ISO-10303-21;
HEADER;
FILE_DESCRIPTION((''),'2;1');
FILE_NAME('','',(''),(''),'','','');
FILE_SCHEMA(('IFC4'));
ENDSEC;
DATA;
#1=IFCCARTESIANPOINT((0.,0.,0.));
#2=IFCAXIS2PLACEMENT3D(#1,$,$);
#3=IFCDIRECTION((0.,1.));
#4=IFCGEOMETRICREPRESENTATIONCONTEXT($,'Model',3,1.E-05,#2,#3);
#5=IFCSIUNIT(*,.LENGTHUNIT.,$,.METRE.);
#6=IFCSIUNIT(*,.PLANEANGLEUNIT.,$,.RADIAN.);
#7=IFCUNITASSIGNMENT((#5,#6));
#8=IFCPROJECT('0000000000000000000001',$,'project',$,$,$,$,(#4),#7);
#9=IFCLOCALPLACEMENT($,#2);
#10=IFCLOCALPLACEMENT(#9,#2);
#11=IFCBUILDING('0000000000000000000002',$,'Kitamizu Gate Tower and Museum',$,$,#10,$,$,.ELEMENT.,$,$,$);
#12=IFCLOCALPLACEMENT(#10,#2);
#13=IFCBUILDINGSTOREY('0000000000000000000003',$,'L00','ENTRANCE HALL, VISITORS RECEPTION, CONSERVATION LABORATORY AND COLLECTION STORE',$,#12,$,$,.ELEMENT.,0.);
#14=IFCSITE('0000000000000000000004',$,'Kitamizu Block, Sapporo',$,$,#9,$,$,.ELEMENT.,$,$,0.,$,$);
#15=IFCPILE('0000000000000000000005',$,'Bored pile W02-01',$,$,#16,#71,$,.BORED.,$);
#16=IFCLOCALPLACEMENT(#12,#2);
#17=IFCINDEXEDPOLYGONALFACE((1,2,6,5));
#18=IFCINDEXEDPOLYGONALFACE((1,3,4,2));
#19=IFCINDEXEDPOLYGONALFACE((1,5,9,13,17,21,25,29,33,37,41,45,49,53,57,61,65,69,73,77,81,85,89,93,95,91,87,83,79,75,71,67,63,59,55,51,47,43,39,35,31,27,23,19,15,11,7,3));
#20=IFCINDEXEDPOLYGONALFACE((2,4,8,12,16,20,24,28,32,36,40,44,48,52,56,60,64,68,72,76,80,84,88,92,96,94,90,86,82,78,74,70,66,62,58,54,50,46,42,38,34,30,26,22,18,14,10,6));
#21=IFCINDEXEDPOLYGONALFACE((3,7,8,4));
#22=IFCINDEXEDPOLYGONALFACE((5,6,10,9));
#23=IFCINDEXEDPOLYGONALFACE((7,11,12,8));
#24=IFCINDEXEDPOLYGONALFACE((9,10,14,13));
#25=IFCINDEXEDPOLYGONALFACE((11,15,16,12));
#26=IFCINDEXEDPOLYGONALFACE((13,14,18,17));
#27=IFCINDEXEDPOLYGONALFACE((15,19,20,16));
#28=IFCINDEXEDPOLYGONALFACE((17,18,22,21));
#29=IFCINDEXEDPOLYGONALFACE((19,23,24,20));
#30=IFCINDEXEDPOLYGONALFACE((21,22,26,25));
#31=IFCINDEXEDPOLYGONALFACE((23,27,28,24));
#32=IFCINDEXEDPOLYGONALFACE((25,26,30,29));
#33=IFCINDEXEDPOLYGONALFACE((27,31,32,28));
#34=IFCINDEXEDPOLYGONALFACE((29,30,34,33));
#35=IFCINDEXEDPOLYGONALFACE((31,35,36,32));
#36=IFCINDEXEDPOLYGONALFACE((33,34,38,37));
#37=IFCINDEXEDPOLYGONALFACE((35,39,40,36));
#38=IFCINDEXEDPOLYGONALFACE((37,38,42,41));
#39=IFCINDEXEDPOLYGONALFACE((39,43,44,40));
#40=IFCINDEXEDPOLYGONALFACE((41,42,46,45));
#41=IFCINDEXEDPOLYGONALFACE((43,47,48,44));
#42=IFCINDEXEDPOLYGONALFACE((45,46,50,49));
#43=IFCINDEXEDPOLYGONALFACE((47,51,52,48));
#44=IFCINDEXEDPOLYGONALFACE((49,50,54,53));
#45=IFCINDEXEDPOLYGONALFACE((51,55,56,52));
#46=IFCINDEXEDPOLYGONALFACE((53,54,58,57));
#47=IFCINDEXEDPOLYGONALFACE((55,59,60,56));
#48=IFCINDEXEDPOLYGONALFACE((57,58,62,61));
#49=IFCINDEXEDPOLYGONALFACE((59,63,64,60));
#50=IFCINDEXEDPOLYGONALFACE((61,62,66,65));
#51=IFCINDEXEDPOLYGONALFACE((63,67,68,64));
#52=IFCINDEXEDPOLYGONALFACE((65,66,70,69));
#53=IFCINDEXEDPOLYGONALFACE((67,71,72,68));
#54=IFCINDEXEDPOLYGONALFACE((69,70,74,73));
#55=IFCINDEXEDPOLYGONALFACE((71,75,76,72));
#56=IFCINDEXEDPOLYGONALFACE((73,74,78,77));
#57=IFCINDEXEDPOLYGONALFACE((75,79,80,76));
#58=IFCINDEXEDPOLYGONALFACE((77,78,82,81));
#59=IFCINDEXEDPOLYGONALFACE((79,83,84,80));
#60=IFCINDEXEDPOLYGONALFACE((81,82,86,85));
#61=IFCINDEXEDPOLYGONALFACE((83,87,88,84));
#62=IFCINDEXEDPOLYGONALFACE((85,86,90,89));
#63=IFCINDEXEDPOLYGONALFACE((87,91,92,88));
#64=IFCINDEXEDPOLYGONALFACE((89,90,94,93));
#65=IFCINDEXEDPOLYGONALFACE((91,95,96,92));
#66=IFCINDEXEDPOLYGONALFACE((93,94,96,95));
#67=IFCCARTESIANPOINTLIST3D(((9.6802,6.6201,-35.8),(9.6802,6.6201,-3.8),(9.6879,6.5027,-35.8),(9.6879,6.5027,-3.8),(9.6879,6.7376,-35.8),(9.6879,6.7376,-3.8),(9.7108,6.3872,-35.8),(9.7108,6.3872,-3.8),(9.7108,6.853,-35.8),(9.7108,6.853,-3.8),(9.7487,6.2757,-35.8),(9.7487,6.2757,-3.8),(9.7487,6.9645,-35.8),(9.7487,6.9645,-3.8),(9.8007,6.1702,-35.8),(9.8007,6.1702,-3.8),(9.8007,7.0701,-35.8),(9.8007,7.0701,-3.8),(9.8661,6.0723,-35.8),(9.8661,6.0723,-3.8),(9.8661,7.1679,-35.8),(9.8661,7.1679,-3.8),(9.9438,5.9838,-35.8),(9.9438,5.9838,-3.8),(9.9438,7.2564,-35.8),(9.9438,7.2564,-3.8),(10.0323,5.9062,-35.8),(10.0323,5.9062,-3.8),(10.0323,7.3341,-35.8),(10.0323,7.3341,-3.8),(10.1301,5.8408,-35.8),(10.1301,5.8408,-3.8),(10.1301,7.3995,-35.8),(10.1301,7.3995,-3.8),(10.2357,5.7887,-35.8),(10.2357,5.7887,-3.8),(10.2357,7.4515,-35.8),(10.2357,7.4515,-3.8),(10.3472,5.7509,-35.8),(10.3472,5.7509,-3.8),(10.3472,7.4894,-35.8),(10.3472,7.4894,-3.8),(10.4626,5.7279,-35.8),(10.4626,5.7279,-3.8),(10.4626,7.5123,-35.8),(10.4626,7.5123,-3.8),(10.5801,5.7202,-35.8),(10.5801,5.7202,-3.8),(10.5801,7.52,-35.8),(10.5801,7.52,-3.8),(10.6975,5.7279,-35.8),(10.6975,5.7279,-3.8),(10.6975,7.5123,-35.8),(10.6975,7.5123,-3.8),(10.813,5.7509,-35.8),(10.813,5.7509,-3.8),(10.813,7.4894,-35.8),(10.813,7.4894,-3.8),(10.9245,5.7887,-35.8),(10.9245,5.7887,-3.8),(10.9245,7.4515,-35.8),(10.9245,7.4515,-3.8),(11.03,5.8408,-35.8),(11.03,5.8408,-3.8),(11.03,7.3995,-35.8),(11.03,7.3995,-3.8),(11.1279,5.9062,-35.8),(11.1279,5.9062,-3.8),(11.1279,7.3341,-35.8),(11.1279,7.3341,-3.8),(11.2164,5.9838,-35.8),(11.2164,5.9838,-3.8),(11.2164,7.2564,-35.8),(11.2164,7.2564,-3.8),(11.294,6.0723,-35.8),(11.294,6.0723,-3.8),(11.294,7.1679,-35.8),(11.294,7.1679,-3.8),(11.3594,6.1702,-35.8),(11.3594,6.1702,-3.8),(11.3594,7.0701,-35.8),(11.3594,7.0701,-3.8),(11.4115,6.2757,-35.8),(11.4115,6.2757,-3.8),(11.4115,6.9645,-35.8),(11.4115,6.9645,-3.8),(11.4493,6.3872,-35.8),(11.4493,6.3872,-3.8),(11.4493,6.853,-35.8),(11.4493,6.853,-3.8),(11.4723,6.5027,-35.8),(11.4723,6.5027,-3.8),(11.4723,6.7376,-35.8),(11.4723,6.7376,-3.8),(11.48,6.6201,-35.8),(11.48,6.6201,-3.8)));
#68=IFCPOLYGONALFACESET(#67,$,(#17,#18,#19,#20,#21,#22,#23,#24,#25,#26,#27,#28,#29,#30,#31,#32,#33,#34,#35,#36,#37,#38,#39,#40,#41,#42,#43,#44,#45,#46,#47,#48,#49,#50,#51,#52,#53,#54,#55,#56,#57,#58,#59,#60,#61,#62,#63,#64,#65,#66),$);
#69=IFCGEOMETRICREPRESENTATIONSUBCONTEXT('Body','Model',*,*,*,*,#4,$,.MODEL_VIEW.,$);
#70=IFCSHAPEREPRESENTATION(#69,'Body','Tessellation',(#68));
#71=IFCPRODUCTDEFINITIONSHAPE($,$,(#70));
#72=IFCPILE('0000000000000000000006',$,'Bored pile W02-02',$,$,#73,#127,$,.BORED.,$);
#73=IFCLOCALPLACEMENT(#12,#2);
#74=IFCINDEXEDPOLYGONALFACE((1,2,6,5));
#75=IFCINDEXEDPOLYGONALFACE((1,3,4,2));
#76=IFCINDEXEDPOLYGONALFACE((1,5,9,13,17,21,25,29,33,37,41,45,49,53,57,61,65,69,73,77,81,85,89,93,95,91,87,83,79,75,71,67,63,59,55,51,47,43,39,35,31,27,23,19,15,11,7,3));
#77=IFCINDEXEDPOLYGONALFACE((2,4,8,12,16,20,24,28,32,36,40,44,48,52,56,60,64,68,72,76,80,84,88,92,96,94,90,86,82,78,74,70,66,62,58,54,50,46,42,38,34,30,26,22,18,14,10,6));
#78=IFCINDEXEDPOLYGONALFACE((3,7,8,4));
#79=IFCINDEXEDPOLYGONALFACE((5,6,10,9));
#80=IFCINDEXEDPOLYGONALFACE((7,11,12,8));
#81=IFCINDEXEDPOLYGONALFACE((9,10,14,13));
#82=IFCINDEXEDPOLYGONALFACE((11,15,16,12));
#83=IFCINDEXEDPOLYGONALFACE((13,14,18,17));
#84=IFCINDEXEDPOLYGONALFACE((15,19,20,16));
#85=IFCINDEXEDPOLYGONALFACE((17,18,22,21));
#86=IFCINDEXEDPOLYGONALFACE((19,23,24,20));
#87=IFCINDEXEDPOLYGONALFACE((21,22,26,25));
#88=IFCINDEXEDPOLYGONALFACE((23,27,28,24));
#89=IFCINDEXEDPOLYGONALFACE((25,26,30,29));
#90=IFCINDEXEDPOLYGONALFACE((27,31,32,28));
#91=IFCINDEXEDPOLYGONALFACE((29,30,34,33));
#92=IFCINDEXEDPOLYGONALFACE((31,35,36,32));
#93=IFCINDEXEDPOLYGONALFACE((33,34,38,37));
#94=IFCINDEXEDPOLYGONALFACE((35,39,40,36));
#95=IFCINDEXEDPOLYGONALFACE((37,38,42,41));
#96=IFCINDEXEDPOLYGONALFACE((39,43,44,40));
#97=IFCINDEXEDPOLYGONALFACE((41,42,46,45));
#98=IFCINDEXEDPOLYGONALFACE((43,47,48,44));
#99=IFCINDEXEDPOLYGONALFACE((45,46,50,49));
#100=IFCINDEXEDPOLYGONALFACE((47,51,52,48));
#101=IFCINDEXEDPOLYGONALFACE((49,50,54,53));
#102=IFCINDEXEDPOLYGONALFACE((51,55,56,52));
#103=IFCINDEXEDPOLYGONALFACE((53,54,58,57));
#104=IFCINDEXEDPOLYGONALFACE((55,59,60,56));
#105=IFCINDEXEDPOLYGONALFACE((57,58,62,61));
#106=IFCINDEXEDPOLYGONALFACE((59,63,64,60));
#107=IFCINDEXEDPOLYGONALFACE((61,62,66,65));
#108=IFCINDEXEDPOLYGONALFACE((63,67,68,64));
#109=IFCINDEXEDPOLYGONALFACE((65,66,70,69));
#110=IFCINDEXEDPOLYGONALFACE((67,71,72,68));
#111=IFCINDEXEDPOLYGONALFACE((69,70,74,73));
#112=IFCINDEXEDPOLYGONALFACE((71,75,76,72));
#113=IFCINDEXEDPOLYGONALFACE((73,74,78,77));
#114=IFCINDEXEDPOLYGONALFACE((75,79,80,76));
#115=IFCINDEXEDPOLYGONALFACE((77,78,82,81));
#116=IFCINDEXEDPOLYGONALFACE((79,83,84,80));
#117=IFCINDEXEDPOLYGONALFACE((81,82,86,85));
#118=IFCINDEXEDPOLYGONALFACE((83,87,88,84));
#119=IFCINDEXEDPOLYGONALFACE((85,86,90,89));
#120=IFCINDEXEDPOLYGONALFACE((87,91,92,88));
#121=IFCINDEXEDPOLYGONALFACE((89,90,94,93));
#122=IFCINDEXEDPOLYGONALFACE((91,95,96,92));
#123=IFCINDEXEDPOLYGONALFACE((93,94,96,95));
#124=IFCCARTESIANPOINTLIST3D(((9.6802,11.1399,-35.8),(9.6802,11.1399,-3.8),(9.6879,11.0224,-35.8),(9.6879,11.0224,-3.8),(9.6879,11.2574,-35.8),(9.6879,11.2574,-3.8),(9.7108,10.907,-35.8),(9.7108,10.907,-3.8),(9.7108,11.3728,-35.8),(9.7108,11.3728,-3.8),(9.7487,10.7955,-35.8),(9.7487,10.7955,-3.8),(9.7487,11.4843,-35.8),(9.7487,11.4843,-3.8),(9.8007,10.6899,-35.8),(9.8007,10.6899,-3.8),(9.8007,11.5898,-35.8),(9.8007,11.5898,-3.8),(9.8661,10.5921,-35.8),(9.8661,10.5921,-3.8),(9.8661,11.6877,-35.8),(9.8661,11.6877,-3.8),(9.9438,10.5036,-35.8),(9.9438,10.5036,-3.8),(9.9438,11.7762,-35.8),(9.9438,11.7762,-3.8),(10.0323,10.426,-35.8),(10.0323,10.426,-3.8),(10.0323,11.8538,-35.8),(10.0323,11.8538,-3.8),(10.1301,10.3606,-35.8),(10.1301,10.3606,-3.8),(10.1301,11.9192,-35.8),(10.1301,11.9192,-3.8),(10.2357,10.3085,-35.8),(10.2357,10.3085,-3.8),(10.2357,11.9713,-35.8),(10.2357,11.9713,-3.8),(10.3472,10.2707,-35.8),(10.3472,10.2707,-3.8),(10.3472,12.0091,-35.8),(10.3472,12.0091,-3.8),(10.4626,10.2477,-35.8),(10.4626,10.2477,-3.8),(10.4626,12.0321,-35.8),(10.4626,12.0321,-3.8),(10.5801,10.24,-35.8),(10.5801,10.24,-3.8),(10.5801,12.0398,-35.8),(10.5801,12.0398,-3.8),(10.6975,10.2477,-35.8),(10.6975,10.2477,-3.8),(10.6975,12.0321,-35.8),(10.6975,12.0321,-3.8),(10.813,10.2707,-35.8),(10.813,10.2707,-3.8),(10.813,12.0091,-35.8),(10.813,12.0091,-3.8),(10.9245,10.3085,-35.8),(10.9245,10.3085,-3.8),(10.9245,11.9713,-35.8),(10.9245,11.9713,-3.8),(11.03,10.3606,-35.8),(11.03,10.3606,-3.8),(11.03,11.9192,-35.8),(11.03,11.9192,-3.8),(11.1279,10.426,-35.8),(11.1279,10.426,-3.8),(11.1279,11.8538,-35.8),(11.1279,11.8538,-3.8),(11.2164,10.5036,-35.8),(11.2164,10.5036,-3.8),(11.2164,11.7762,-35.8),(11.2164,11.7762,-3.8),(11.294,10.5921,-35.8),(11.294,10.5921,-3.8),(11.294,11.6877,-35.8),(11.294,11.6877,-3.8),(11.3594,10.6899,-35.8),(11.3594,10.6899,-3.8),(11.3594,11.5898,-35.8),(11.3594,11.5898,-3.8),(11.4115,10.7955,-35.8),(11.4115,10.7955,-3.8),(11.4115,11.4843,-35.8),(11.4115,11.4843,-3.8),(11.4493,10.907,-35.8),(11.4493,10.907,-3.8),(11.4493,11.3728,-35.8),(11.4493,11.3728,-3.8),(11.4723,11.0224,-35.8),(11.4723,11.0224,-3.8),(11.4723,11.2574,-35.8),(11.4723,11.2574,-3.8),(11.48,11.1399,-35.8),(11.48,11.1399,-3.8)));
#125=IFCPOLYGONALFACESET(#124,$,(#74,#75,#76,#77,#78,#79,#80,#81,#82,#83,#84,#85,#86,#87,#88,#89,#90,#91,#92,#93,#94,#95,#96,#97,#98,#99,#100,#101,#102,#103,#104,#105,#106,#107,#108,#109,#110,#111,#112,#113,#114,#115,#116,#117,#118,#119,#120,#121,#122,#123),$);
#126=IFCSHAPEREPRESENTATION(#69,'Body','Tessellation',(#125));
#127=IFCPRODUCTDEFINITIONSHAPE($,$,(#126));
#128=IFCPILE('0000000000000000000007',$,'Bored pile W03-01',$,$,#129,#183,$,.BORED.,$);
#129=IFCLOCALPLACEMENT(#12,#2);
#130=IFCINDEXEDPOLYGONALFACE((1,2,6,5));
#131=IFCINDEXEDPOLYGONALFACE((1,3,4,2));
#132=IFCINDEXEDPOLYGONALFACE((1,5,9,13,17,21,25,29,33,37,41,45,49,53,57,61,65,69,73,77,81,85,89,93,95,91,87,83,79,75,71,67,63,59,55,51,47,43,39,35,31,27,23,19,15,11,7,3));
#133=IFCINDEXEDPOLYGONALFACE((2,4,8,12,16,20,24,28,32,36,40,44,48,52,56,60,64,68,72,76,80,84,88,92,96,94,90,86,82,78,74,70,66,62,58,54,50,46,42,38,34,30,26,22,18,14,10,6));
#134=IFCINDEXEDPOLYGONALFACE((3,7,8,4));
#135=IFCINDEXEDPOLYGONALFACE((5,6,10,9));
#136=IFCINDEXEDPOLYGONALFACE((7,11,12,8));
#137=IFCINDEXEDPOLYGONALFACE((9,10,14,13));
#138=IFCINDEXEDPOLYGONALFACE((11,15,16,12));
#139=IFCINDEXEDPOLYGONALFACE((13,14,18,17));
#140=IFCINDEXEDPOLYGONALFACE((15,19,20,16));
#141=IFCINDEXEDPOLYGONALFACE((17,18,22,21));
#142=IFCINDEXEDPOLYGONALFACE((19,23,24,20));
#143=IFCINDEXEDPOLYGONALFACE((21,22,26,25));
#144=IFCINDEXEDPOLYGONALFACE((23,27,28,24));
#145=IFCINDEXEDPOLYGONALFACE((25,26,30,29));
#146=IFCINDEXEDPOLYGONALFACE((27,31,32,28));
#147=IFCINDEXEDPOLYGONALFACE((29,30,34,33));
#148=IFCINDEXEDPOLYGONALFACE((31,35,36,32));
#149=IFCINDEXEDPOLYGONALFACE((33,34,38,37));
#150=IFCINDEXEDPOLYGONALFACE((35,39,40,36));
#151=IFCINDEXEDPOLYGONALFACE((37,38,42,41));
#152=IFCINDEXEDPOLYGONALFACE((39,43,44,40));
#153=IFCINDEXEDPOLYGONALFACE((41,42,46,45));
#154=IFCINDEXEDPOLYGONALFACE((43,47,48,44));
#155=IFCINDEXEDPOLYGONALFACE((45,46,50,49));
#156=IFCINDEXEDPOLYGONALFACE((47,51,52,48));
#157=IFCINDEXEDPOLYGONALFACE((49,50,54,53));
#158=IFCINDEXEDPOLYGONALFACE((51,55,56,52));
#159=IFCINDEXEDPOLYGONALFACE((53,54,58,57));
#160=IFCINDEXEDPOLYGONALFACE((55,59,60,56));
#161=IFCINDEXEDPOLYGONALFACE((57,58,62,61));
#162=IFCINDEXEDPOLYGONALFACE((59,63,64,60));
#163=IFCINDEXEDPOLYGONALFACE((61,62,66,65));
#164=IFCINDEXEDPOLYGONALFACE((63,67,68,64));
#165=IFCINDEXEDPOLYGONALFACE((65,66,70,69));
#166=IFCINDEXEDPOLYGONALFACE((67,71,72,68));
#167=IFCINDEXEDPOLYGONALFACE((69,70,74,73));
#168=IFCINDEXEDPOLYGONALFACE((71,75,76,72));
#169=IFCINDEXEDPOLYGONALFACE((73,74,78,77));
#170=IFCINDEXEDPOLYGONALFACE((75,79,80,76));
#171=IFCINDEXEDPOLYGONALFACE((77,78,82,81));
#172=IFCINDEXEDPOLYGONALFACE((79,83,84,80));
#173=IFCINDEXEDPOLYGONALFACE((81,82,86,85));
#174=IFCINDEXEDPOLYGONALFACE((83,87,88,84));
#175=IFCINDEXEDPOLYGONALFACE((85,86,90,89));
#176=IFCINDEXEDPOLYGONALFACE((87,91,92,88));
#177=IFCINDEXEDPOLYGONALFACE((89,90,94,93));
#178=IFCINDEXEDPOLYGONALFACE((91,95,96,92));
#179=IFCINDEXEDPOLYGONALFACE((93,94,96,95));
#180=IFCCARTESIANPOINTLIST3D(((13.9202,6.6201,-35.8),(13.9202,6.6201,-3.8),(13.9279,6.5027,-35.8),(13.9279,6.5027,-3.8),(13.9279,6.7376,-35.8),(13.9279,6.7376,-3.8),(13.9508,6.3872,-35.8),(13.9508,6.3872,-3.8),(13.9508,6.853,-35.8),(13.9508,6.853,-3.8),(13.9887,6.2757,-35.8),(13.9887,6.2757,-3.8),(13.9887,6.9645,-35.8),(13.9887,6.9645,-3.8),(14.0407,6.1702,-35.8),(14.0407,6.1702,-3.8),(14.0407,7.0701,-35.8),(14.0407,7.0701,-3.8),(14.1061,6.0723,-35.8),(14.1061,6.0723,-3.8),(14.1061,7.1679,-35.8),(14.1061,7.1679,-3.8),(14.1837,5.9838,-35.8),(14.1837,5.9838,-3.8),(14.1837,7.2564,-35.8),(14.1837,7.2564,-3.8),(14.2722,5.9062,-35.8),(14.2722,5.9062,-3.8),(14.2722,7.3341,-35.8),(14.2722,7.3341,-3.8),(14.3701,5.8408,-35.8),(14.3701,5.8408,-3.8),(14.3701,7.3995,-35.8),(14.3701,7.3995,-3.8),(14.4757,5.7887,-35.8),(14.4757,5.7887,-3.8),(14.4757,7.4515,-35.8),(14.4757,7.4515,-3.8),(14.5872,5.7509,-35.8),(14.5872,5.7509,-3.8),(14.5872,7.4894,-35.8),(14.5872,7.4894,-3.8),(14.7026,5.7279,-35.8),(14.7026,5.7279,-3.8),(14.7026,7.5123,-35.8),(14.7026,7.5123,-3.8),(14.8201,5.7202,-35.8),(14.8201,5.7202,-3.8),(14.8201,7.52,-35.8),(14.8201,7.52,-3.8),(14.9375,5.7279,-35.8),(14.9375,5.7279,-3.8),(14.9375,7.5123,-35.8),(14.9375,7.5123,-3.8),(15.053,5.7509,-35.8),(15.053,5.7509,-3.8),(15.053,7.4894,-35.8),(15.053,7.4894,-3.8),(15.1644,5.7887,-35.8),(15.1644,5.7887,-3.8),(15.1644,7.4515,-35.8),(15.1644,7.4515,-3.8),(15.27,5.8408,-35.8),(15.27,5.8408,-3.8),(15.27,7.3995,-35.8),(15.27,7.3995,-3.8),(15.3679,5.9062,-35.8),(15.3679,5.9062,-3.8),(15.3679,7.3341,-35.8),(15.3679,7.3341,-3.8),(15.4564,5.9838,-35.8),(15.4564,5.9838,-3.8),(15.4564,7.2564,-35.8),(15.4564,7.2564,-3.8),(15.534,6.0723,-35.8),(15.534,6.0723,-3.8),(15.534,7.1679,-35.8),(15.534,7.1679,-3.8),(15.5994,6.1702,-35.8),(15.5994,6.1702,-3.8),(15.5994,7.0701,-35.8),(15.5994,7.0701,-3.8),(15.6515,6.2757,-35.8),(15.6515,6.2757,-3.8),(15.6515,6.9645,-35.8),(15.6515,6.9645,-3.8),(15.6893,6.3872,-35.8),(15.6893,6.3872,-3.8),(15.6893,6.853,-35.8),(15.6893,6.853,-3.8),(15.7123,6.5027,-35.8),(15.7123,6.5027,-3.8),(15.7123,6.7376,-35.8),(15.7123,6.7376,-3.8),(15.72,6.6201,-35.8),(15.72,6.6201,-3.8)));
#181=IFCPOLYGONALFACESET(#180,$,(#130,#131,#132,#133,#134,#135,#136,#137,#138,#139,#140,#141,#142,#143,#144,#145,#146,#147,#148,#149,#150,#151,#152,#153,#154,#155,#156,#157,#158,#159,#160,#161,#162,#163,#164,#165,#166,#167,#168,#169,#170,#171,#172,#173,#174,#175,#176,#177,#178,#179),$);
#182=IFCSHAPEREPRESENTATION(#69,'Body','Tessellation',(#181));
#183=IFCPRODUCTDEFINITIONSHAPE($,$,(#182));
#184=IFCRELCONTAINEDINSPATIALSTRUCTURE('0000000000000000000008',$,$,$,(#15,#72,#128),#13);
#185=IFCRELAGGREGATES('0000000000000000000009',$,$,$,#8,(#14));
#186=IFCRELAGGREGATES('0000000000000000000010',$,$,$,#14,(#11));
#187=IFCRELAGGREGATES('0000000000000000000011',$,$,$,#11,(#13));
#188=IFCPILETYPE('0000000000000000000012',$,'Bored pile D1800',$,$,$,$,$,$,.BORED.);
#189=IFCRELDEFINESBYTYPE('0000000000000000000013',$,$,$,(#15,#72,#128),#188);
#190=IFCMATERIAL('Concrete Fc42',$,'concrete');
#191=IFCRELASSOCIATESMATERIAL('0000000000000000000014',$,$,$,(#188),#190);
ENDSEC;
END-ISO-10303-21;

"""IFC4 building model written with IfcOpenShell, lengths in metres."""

from ifc_helpers import new_model, si_unit, direction, frame, origin, origin_2d, place, context, subcontext, project, spatial, circle, extrude, material, material_profile, profile_set, type_object, element, save


model = new_model("IFC4")

# Units and contexts
model_context = context("Model", 3, precision=1e-05, world=origin(), true_north=direction((0.0, 1.0)))
body_context = subcontext(model_context, "Body", "Model", "MODEL_VIEW")
ifc_project = project(units=[si_unit("LENGTHUNIT", "METRE"), si_unit("PLANEANGLEUNIT", "RADIAN")], contexts=[model_context])

# Site, building, storey
site_placement = place(None, origin())
site = spatial("IfcSite", under=ifc_project, at=site_placement, Name="Kitamizu Block, Sapporo", CompositionType="ELEMENT", RefElevation=0.0)
building_placement = place(site_placement, origin())
building = spatial("IfcBuilding", under=site, at=building_placement, Name="Kitamizu Gate Tower and Museum", CompositionType="ELEMENT")
storey_placement = place(building_placement, origin())
storey = spatial("IfcBuildingStorey", under=building, at=storey_placement, Name="L00", Description="ENTRANCE HALL, VISITORS RECEPTION, CONSERVATION LABORATORY AND COLLECTION STORE", CompositionType="ELEMENT", Elevation=0.0)

# Piles
ifc_material_1 = material(Name="Concrete Fc42", Category="concrete")
ifc_material_profile_1 = material_profile(ifc_material_1, circle(Radius=0.8999, at=origin_2d()), Name="Bored pile D1800")
ifc_profile_set_1 = profile_set([ifc_material_profile_1], Name="Concrete Fc42")
pile_type = type_object("IfcPileType", Name="Bored pile D1800", PredefinedType="BORED", material=ifc_profile_set_1)
for number, where, z_axis, x_axis, name in (
    (1, (10.5801, 6.6201, -3.8), (0.0, 0.0, -1.0), (1.0, 0.0, 0.0), "Bored pile W02-01"),
    (2, (10.5801, 11.1399, -3.8), (0.0, 0.0, -1.0), (1.0, 0.0, 0.0), "Bored pile W02-02"),
    (3, (14.8201, 6.6201, -3.8), (0.0, 0.0, -1.0), (1.0, 0.0, 0.0), "Bored pile W03-01"),
):
    element("IfcPile", number, at=place(storey_placement, frame(where, z_axis=z_axis, x_axis=x_axis)), inside=storey, type_object=pile_type, Name=name, PredefinedType="BORED", context=body_context, shape_type="SweptSolid", body=[
        extrude(circle(Radius=0.8999, at=origin_2d()), origin(), (0.0, 0.0, 1.0), 32.0),
    ])

save(model, "model.ifc")
